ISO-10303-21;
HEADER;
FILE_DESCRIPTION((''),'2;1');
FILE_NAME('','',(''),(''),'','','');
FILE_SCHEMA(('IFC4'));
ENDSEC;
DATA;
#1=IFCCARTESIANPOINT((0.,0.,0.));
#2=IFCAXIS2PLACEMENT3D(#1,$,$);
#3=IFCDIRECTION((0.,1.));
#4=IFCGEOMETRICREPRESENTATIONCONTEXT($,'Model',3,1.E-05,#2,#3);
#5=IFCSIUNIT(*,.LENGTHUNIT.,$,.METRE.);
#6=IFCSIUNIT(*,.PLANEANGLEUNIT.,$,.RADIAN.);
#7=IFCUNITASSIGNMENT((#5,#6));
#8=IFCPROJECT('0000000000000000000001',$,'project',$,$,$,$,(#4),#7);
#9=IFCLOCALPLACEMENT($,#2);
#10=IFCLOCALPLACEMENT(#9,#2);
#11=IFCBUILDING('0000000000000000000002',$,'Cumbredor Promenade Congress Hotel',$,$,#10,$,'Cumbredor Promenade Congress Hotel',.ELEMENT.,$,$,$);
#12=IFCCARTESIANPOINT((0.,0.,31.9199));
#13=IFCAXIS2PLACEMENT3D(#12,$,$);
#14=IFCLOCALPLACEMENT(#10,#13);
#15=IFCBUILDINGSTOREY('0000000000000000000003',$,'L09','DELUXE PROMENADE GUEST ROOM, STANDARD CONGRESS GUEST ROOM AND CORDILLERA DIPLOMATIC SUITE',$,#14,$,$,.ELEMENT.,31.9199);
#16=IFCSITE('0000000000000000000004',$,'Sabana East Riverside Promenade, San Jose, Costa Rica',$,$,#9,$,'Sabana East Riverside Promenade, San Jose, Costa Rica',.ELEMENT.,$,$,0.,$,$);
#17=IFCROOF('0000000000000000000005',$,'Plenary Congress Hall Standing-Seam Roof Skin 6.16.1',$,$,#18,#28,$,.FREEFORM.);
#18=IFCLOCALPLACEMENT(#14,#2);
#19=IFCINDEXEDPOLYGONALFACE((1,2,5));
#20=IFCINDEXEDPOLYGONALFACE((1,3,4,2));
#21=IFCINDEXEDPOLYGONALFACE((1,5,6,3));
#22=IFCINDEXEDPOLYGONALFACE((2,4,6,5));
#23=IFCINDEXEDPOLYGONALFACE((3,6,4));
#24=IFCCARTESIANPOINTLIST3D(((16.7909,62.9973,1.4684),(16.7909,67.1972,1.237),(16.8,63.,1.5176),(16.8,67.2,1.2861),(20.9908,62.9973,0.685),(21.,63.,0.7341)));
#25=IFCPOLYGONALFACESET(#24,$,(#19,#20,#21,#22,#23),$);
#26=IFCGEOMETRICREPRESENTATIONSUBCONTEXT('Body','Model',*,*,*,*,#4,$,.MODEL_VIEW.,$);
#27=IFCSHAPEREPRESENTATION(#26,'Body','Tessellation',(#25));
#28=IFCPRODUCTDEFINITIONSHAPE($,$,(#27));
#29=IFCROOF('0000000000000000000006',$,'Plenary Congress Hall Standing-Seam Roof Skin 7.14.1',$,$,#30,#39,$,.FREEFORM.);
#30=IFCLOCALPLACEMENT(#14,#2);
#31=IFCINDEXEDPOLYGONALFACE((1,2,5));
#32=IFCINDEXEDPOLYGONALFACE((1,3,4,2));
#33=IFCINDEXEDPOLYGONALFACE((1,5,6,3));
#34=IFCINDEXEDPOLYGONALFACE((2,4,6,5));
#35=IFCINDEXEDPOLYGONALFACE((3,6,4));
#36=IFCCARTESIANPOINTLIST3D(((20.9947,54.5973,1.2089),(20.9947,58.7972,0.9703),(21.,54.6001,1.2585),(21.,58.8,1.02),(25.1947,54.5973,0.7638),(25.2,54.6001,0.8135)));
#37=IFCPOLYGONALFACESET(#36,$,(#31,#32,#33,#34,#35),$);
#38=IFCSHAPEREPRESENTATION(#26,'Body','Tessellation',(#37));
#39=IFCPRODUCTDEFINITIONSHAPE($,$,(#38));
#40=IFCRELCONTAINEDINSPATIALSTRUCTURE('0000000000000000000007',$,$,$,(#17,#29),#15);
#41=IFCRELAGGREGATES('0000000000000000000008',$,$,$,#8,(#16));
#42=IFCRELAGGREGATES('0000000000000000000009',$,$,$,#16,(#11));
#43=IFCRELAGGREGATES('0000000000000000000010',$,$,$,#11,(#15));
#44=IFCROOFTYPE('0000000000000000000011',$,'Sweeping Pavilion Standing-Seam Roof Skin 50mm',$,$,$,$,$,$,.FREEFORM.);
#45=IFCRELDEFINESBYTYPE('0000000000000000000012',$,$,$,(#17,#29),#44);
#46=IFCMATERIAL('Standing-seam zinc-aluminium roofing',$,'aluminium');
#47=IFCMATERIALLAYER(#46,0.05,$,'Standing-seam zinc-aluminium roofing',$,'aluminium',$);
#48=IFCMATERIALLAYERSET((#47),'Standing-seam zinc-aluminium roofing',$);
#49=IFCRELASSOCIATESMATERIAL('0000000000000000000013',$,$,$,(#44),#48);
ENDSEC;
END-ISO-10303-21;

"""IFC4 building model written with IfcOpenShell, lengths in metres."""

from ifc_helpers import new_model, si_unit, direction, frame, origin, place, context, subcontext, project, spatial, polyline, outline, extrude, material, layer, layer_set, type_object, element, save


model = new_model("IFC4")

# Units and contexts
model_context = context("Model", 3, precision=1e-05, world=origin(), true_north=direction((0.0, 1.0)))
body_context = subcontext(model_context, "Body", "Model", "MODEL_VIEW")
ifc_project = project(units=[si_unit("LENGTHUNIT", "METRE"), si_unit("PLANEANGLEUNIT", "RADIAN")], contexts=[model_context])

# Site, building, storey
site_placement = place(None, origin())
site = spatial("IfcSite", under=ifc_project, at=site_placement, Name="Sabana East Riverside Promenade, San Jose, Costa Rica", LongName="Sabana East Riverside Promenade, San Jose, Costa Rica", CompositionType="ELEMENT", RefElevation=0.0)
building_placement = place(site_placement, origin())
building = spatial("IfcBuilding", under=site, at=building_placement, Name="Cumbredor Promenade Congress Hotel", LongName="Cumbredor Promenade Congress Hotel", CompositionType="ELEMENT")
storey_placement = place(building_placement, frame((0.0, 0.0, 31.9199)))
storey = spatial("IfcBuildingStorey", under=building, at=storey_placement, Name="L09", Description="DELUXE PROMENADE GUEST ROOM, STANDARD CONGRESS GUEST ROOM AND CORDILLERA DIPLOMATIC SUITE", CompositionType="ELEMENT", Elevation=31.9199)

# Roofs
ifc_material_1 = material(Name="Standing-seam zinc-aluminium roofing", Category="aluminium")
ifc_layer_1 = layer(ifc_material_1, 0.05, Name="Standing-seam zinc-aluminium roofing", Category="aluminium")
ifc_layer_set_1 = layer_set([ifc_layer_1], Name="Standing-seam zinc-aluminium roofing")
roof_type = type_object("IfcRoofType", Name="Sweeping Pavilion Standing-Seam Roof Skin 50mm", PredefinedType="FREEFORM", material=ifc_layer_set_1)
roof_1_placement = place(storey_placement, frame((16.8, 63.0, 1.5176), z_axis=(0.183106, 0.054093, 0.981604), x_axis=(0.983043, 0.0, -0.183374)))
element("IfcRoof", 1, at=roof_1_placement, inside=storey, type_object=roof_type, Name="Plenary Congress Hall Standing-Seam Roof Skin 6.16.1", PredefinedType="FREEFORM", context=body_context, shape_type="SweptSolid", body=[
    extrude(outline(polyline([(0.0, 0.0), (4.2724, 0.0), (0.0424, 4.2061), (0.0, 0.0)])), origin(), (0.0, 0.0, -1.0), 0.05),
])
roof_2_placement = place(storey_placement, frame((21.0, 54.6001, 1.2585), z_axis=(0.105212, 0.056386, 0.99285), x_axis=(0.994432, 0.0, -0.10538)))
element("IfcRoof", 2, at=roof_2_placement, inside=storey, type_object=roof_type, Name="Plenary Congress Hall Standing-Seam Roof Skin 7.14.1", PredefinedType="FREEFORM", context=body_context, shape_type="SweptSolid", body=[
    extrude(outline(polyline([(0.0, 0.0), (4.2235, 0.0), (0.0251, 4.2066), (0.0, 0.0)])), origin(), (0.0, 0.0, -1.0), 0.05),
])

save(model, "model.ifc")
